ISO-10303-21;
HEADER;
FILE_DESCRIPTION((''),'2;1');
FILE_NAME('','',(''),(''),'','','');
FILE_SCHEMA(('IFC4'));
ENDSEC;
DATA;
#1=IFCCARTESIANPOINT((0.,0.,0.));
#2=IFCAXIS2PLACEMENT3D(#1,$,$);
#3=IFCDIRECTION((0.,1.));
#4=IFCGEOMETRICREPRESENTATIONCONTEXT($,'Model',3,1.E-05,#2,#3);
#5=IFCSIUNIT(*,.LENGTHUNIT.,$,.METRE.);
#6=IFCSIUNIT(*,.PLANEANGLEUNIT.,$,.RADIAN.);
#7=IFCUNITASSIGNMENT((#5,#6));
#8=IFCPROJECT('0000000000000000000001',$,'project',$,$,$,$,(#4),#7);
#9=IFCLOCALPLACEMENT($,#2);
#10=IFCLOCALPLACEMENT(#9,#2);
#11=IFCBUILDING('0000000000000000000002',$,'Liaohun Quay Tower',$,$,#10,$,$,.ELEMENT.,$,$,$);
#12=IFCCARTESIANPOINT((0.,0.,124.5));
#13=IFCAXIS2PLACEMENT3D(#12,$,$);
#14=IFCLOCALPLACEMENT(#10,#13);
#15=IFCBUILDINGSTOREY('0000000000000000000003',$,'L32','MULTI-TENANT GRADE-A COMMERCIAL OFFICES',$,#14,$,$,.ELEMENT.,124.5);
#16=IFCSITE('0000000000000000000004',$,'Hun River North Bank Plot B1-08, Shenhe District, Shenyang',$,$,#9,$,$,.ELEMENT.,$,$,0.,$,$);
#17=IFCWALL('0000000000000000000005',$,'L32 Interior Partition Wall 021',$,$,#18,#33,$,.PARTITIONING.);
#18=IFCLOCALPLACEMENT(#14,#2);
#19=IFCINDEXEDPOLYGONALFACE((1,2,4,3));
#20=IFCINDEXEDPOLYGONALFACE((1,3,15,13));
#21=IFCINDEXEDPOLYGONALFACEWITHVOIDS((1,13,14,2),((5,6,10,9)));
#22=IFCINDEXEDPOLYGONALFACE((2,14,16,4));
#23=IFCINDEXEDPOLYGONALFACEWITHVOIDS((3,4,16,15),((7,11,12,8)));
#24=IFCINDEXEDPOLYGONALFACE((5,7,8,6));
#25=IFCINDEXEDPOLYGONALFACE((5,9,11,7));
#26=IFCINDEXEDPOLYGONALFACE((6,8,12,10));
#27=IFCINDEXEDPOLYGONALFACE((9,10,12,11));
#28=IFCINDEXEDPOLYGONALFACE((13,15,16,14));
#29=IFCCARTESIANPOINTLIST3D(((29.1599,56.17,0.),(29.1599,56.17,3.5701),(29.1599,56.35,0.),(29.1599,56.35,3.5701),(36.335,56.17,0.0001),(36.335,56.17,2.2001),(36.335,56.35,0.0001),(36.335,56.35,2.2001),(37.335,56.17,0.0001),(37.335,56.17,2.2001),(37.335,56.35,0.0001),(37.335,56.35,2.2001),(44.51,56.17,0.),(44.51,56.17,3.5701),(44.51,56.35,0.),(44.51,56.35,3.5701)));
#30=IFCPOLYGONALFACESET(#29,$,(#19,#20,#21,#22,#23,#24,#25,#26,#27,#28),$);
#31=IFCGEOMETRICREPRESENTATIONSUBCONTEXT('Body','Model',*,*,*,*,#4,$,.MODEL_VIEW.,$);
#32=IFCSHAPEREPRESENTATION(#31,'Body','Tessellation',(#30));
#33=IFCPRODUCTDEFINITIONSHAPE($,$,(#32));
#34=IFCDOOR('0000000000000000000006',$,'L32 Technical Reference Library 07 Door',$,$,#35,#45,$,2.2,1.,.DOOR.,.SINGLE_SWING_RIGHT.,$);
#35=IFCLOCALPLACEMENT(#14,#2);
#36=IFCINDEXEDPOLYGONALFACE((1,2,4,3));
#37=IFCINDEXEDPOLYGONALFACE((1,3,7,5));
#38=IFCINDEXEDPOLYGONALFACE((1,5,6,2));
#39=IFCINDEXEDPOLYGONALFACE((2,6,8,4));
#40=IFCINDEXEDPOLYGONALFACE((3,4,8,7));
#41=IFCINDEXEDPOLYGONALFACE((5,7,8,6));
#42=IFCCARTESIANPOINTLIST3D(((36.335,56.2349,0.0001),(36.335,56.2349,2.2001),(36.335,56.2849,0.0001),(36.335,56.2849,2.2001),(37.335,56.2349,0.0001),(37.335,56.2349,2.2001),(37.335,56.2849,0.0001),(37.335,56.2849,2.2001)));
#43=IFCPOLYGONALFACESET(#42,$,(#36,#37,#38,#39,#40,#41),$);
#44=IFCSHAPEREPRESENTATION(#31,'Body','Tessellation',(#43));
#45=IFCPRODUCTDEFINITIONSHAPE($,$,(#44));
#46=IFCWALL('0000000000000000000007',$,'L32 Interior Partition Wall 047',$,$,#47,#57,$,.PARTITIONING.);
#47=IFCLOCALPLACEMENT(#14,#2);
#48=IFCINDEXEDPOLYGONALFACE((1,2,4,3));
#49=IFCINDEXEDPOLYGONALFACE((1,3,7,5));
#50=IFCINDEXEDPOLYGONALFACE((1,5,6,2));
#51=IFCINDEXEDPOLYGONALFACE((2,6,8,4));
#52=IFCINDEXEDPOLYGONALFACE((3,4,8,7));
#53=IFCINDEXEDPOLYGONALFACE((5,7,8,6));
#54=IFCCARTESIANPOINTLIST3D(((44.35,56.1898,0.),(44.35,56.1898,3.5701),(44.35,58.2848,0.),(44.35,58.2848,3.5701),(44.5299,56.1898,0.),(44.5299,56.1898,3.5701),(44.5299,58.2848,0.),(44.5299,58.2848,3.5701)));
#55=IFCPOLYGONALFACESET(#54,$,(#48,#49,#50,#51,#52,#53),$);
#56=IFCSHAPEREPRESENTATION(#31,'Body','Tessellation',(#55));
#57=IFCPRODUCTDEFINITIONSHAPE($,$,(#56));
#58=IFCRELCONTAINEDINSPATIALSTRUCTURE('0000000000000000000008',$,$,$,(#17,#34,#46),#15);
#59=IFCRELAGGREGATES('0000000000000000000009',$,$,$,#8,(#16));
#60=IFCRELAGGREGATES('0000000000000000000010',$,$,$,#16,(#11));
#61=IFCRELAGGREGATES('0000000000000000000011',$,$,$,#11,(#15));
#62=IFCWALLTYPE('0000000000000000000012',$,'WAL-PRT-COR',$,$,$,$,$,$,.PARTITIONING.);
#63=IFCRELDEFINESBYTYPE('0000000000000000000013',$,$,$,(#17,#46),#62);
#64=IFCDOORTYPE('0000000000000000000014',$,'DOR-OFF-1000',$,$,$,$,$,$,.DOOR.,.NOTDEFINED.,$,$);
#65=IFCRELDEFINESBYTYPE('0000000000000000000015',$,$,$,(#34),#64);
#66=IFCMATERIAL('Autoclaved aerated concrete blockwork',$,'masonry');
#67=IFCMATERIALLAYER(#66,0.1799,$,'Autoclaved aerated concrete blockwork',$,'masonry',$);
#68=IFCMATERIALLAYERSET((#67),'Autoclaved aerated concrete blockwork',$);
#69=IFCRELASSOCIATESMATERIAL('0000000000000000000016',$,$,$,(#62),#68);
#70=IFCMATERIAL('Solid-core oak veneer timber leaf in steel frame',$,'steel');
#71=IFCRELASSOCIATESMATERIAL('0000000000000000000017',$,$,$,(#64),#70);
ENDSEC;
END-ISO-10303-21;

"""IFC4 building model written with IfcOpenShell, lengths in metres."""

from ifc_helpers import new_model, si_unit, direction, frame, frame_2d, origin, place, context, subcontext, project, spatial, rectangle, extrude, source, transform, mapped, material, layer, layer_set, type_object, element, fill, save


model = new_model("IFC4")

# Units and contexts
model_context = context("Model", 3, precision=1e-05, world=origin(), true_north=direction((0.0, 1.0)))
body_context = subcontext(model_context, "Body", "Model", "MODEL_VIEW")
ifc_project = project(units=[si_unit("LENGTHUNIT", "METRE"), si_unit("PLANEANGLEUNIT", "RADIAN")], contexts=[model_context])

# Site, building, storey
site_placement = place(None, origin())
site = spatial("IfcSite", under=ifc_project, at=site_placement, Name="Hun River North Bank Plot B1-08, Shenhe District, Shenyang", CompositionType="ELEMENT", RefElevation=0.0)
building_placement = place(site_placement, origin())
building = spatial("IfcBuilding", under=site, at=building_placement, Name="Liaohun Quay Tower", CompositionType="ELEMENT")
storey_placement = place(building_placement, frame((0.0, 0.0, 124.5)))
storey = spatial("IfcBuildingStorey", under=building, at=storey_placement, Name="L32", Description="MULTI-TENANT GRADE-A COMMERCIAL OFFICES", CompositionType="ELEMENT", Elevation=124.5)

# Wall, opening, door
ifc_material_1 = material(Name="Autoclaved aerated concrete blockwork", Category="masonry")
ifc_layer_1 = layer(ifc_material_1, 0.1799, Name="Autoclaved aerated concrete blockwork", Category="masonry")
ifc_layer_set_1 = layer_set([ifc_layer_1], Name="Autoclaved aerated concrete blockwork")
wall_type_1 = type_object("IfcWallType", Name="WAL-PRT-COR", PredefinedType="PARTITIONING", material=ifc_layer_set_1)
wall_1_placement = place(storey_placement, frame((29.1599, 56.26, 0.0), z_axis=(0.0, 0.0, 1.0), x_axis=(1.0, 0.0, 0.0)))
wall_1 = element("IfcWall", 1, at=wall_1_placement, inside=storey, type_object=wall_type_1, Name="L32 Interior Partition Wall 021", PredefinedType="PARTITIONING", context=body_context, shape_type="SweptSolid", body=[
    extrude(rectangle(XDim=15.3501, YDim=0.1799, at=frame_2d((7.675, 0.0))), origin(), (0.0, 0.0, 1.0), 3.5701),
])
shared_shape_1 = source(origin(), body_context, "Body", "SweptSolid", [
    extrude(rectangle(XDim=1.0, YDim=2.2, at=frame_2d((0.5, 1.1001))), frame((0.0, 0.0999, 0.0), z_axis=(0.0, -1.0, 0.0), x_axis=(1.0, 0.0, 0.0)), (0.0, 0.0, 1.0), 0.2),
])
opening_1_placement = place(wall_1_placement, frame((7.175, 0.0, 0.0)))
opening_1 = element("IfcOpeningElement", 2, at=opening_1_placement, cuts=wall_1, PredefinedType="OPENING", context=body_context, shape_type="MappedRepresentation", body=[
    mapped(shared_shape_1, transform((0.0, 0.0, 0.0), x_axis=(1.0, 0.0, 0.0), y_axis=(0.0, 1.0, 0.0), z_axis=(0.0, 0.0, 1.0), scale=1.0)),
])
ifc_material_2 = material(Name="Solid-core oak veneer timber leaf in steel frame", Category="steel")
door_type_1 = type_object("IfcDoorType", Name="DOR-OFF-1000", OperationType="NOTDEFINED", PredefinedType="DOOR", material=ifc_material_2)
shared_shape_2 = source(origin(), body_context, "Body", "SweptSolid", [
    extrude(rectangle(XDim=1.0, YDim=2.2, at=frame_2d((0.5, 1.1001))), frame((0.0, 0.0249, 0.0), z_axis=(0.0, -1.0, 0.0), x_axis=(1.0, 0.0, 0.0)), (0.0, 0.0, 1.0), 0.05),
])
door_1_placement = place(opening_1_placement, origin())
door_1 = element("IfcDoor", 3, at=door_1_placement, inside=storey, type_object=door_type_1, Name="L32 Technical Reference Library 07 Door", OperationType="SINGLE_SWING_RIGHT", OverallHeight=2.2, OverallWidth=1.0, PredefinedType="DOOR", context=body_context, shape_type="MappedRepresentation", body=[
    mapped(shared_shape_2, transform((0.0, 0.0, 0.0), x_axis=(1.0, 0.0, 0.0), y_axis=(0.0, 1.0, 0.0), z_axis=(0.0, 0.0, 1.0), scale=1.0)),
])
fill(opening_1, door_1)

# Wall
wall_2_placement = place(storey_placement, frame((44.4399, 56.1899, 0.0), z_axis=(0.0, 0.0, 1.0), x_axis=(0.0, 1.0, 0.0)))
element("IfcWall", 4, at=wall_2_placement, inside=storey, type_object=wall_type_1, Name="L32 Interior Partition Wall 047", PredefinedType="PARTITIONING", context=body_context, shape_type="SweptSolid", body=[
    extrude(rectangle(XDim=2.095, YDim=0.1799, at=frame_2d((1.0474, 0.0))), origin(), (0.0, 0.0, 1.0), 3.5701),
])

save(model, "model.ifc")
